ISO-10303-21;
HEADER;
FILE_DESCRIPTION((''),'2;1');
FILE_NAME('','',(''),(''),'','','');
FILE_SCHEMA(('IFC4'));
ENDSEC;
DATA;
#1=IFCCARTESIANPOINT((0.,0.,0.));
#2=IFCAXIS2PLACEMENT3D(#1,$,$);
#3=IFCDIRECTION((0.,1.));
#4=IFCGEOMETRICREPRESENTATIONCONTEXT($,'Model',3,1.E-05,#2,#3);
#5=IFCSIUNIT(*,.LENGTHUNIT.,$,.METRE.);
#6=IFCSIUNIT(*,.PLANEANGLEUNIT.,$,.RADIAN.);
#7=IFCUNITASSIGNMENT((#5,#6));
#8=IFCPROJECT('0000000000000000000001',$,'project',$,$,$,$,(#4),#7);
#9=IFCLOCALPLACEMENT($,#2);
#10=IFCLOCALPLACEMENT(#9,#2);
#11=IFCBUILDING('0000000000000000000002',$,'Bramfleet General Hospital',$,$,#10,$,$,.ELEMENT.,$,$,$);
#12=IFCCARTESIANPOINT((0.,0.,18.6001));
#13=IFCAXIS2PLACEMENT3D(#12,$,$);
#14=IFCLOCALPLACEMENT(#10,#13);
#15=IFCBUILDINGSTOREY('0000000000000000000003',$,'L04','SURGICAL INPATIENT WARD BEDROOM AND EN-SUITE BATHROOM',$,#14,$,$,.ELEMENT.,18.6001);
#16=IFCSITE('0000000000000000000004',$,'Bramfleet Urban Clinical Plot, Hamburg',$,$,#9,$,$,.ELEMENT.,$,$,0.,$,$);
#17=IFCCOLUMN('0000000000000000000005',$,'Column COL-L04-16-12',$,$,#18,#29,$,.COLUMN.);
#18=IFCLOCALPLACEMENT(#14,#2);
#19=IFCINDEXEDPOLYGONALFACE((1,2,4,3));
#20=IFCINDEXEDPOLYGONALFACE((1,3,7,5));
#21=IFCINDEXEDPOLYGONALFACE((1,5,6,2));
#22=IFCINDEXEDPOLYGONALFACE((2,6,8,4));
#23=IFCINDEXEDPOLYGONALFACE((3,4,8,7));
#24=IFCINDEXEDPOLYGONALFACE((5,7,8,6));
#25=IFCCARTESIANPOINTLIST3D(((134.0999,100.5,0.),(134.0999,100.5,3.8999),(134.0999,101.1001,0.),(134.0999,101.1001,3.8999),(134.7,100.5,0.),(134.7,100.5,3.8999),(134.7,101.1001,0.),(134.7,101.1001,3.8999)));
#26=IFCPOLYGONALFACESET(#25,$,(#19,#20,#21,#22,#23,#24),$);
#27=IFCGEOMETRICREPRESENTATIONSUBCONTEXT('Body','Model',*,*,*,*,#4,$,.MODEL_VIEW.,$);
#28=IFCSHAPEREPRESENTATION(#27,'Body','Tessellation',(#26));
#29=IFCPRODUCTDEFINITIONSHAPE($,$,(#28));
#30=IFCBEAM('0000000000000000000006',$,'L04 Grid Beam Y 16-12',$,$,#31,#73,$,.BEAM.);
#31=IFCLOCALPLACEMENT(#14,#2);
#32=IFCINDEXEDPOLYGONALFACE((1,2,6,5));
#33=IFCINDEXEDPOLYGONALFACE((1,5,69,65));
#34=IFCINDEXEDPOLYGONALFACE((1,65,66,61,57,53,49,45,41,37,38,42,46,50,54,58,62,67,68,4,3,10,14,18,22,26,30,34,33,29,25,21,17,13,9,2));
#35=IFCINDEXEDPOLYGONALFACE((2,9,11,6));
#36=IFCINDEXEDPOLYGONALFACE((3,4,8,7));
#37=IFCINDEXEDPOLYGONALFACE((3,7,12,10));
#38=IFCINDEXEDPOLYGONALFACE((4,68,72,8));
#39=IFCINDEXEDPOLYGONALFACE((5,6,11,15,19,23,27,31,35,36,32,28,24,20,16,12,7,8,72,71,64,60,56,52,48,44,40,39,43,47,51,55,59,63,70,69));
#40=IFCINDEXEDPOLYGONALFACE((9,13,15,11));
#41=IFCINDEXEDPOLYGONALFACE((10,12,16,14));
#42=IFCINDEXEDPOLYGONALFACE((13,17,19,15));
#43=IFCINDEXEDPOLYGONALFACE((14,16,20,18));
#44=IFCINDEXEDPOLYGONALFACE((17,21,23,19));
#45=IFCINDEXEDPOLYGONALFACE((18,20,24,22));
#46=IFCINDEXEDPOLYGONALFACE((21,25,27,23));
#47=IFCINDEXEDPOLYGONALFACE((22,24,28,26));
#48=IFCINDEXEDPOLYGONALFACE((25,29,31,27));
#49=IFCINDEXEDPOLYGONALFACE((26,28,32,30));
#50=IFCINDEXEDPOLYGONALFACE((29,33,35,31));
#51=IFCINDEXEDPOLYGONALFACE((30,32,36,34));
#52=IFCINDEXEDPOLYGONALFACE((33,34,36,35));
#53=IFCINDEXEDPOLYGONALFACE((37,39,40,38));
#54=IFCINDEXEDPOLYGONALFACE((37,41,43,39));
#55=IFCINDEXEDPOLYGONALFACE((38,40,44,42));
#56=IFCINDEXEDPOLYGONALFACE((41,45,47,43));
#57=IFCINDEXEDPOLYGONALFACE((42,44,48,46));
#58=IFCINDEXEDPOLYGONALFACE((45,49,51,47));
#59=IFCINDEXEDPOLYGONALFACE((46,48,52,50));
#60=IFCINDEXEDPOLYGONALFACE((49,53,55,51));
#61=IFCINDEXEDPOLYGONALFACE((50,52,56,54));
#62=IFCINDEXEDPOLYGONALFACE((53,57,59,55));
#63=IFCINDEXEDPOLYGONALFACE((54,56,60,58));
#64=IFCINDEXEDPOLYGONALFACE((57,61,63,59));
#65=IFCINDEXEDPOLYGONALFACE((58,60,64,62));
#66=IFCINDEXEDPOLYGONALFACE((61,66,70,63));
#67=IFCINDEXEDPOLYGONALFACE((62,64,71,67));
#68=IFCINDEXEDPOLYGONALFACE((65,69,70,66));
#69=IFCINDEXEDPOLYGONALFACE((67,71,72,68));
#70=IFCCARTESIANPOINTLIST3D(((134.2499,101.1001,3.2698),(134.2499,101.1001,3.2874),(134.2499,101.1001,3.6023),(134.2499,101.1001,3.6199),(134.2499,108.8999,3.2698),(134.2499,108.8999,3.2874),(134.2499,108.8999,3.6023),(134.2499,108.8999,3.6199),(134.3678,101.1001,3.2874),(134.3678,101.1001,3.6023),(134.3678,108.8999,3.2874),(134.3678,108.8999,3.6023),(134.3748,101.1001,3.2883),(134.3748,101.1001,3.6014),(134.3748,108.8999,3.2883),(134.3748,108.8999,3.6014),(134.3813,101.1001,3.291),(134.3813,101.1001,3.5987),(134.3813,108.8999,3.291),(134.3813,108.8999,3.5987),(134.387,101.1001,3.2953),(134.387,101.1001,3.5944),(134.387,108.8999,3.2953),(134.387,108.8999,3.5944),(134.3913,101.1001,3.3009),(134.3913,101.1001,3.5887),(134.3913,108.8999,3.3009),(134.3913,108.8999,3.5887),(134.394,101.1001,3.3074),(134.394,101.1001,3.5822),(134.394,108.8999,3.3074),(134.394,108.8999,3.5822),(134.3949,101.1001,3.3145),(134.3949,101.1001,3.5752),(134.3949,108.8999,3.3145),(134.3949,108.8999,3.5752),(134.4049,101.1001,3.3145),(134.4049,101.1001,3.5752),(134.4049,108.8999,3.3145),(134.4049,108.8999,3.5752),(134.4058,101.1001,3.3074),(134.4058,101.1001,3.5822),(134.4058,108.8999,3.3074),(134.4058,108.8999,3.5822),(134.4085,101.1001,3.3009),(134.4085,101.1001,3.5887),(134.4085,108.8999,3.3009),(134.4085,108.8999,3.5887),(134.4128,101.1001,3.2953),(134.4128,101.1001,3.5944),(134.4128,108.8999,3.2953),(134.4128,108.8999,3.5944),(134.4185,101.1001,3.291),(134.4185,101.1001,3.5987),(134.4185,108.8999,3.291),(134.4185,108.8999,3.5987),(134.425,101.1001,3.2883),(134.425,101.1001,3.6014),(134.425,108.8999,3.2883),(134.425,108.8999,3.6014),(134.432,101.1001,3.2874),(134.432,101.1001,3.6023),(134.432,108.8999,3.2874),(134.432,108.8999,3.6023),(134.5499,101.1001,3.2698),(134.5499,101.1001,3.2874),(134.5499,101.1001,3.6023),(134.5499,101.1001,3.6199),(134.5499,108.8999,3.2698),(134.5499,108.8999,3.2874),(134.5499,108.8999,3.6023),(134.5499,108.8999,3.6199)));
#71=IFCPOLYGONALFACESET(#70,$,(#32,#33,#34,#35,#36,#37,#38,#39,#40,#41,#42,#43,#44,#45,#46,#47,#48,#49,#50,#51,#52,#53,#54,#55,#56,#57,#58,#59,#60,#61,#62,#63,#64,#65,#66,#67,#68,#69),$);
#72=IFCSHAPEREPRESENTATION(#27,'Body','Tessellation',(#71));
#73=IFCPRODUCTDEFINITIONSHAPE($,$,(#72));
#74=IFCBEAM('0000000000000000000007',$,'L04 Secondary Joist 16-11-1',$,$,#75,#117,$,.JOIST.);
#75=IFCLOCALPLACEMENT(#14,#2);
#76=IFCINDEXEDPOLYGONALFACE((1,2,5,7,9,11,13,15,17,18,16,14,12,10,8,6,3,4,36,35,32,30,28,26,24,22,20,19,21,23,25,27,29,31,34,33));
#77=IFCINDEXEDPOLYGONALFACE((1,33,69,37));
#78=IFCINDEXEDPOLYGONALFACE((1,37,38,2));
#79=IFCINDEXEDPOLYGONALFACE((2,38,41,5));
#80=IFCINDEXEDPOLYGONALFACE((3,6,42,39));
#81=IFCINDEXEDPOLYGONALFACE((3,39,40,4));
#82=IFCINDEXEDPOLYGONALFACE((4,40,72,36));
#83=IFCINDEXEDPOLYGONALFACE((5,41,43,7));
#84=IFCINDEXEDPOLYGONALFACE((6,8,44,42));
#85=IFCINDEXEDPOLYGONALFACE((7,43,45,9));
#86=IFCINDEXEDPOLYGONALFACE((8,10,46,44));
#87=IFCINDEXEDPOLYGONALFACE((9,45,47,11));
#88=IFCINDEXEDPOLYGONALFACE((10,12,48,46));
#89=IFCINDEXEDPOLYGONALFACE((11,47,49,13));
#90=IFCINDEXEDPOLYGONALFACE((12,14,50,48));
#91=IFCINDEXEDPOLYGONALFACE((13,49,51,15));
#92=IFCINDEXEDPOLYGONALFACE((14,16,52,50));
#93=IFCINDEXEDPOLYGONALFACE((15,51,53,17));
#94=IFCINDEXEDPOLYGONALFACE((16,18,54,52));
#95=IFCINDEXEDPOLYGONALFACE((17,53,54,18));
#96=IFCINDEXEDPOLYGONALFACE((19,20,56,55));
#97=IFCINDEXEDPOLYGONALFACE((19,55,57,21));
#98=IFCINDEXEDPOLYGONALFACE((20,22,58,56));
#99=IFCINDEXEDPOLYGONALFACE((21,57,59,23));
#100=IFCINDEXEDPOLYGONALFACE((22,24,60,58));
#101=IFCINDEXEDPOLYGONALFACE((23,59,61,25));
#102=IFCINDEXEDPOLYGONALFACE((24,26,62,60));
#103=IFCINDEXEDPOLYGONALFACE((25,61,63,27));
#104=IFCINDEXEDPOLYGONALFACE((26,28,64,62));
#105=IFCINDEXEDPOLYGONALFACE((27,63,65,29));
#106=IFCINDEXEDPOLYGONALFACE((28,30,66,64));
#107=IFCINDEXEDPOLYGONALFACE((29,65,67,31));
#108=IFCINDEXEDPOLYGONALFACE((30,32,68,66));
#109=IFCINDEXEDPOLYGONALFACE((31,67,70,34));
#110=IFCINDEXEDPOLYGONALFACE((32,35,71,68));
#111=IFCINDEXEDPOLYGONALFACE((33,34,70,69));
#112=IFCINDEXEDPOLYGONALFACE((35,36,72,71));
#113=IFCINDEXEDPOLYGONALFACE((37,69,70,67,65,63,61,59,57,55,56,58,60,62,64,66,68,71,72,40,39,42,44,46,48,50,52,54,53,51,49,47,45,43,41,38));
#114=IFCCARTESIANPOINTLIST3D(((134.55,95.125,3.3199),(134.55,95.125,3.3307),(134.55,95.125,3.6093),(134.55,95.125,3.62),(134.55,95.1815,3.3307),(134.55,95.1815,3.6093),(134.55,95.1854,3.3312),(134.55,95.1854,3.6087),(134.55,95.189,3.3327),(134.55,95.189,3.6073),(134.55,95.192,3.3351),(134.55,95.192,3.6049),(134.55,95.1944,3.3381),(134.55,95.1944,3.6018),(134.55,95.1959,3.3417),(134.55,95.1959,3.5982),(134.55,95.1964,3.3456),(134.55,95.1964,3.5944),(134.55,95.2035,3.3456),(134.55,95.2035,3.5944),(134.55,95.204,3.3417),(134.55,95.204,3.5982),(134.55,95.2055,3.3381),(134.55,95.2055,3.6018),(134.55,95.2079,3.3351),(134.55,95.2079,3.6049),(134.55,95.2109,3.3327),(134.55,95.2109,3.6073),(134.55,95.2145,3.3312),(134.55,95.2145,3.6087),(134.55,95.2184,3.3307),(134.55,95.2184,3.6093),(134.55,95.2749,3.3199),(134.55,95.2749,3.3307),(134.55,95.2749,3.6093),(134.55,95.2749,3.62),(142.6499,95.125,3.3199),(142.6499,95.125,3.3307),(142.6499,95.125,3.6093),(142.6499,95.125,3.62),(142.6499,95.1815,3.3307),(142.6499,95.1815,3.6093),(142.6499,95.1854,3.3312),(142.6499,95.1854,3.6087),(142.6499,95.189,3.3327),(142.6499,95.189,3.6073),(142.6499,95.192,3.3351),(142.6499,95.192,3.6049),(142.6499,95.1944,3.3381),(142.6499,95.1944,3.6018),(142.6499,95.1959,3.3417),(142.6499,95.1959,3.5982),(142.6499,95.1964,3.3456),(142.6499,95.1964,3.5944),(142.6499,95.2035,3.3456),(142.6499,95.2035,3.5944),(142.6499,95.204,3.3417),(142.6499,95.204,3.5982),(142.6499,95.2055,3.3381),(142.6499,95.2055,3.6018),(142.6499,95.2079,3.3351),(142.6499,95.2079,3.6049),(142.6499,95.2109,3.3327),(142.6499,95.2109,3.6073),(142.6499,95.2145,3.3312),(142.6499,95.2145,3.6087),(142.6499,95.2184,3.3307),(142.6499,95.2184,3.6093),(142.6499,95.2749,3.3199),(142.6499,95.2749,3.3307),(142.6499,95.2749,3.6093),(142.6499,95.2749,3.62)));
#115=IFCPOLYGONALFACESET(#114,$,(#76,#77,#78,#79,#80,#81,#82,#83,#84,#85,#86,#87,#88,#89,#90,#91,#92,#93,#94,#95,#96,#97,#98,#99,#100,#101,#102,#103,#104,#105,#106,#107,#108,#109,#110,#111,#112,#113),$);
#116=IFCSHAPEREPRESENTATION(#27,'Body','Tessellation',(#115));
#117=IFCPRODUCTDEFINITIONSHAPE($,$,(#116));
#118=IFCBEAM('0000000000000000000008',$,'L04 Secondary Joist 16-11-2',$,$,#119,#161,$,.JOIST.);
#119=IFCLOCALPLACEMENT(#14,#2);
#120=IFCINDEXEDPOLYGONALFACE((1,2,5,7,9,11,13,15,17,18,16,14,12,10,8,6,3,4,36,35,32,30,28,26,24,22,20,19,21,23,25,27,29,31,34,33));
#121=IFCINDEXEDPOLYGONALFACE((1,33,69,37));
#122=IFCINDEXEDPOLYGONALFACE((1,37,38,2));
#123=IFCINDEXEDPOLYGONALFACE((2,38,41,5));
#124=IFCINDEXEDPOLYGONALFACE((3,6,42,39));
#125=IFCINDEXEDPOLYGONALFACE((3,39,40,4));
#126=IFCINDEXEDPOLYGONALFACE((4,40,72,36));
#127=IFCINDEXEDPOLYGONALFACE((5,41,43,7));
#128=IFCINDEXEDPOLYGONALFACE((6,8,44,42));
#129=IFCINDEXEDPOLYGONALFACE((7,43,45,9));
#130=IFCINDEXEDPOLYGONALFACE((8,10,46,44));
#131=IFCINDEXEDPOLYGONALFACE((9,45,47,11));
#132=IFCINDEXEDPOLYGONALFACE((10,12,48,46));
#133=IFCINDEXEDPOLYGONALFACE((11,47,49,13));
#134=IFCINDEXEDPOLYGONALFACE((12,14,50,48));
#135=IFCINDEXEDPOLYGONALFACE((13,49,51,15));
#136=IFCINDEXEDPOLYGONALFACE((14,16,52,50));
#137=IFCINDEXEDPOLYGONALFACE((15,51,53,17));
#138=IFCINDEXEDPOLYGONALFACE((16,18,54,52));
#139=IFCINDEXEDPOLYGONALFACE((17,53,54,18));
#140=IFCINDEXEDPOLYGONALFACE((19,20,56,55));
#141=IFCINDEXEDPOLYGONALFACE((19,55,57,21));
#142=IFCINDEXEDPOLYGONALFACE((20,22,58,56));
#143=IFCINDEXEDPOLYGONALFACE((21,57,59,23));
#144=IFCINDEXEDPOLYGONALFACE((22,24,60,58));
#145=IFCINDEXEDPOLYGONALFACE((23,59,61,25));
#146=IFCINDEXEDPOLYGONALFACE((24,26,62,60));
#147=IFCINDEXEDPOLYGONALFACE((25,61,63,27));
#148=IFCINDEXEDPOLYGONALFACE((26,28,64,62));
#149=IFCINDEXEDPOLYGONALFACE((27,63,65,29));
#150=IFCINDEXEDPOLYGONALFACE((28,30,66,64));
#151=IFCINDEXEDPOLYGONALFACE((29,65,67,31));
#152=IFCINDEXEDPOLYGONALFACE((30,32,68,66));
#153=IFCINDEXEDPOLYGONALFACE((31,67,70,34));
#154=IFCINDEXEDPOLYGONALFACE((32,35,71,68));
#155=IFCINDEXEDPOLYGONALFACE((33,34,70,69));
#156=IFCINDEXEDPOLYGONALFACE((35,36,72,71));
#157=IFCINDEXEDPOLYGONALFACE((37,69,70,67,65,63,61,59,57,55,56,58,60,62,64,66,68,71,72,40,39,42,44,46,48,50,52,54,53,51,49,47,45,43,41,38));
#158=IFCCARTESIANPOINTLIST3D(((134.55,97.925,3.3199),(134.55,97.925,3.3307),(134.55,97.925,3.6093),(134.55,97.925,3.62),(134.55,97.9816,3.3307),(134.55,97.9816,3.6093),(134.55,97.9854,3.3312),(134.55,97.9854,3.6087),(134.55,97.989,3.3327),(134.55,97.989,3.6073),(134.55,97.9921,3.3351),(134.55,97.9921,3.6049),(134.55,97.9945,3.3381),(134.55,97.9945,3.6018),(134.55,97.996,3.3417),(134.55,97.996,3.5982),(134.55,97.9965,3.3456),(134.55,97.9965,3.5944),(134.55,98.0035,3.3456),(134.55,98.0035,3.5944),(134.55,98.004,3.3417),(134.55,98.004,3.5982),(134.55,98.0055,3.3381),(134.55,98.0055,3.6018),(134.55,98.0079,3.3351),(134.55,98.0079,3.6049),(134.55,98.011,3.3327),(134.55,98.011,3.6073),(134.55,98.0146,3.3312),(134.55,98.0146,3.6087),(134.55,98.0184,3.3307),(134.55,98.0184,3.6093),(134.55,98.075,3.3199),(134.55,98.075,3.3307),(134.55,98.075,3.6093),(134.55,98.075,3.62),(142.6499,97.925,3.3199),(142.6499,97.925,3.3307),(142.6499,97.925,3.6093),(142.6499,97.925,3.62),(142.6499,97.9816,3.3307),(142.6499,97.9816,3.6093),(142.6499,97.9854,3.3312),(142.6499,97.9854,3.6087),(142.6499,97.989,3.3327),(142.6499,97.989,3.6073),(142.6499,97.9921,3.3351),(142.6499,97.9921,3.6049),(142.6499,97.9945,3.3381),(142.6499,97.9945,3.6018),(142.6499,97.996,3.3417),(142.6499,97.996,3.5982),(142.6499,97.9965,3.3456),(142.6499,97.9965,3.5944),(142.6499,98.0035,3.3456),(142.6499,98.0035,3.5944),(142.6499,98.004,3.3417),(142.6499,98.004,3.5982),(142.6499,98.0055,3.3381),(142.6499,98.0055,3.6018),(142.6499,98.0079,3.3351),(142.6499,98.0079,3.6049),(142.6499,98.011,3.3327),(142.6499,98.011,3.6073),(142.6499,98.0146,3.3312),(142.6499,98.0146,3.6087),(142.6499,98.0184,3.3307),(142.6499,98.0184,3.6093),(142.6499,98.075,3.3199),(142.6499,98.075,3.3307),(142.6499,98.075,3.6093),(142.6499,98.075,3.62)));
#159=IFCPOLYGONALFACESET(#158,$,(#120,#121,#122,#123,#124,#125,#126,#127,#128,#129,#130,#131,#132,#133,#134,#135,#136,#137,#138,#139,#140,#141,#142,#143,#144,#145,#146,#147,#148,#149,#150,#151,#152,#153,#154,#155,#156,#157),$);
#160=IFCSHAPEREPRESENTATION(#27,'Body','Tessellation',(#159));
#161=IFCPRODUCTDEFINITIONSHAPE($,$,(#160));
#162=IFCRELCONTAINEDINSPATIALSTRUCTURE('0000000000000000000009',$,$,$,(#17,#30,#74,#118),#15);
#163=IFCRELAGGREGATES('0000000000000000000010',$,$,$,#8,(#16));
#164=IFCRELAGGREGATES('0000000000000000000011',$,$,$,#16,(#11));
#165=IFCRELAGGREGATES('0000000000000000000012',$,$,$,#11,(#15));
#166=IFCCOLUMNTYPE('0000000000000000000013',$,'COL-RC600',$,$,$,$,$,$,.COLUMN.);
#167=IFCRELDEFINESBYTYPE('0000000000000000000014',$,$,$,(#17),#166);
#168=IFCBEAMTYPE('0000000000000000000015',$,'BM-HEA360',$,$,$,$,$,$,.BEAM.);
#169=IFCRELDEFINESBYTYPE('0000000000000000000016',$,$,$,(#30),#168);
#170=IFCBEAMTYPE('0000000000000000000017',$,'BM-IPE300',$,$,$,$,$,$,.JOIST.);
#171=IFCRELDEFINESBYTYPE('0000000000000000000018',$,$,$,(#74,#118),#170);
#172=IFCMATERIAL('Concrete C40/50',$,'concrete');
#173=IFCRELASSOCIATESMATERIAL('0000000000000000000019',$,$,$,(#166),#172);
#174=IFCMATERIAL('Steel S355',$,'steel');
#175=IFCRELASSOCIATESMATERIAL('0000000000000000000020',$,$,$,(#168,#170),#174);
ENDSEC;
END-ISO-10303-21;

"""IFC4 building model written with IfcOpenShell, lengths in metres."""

from ifc_helpers import new_model, si_unit, direction, frame, origin, origin_2d, place, context, subcontext, project, spatial, rectangle, i_section, extrude, material, material_profile, profile_set, type_object, element, save


model = new_model("IFC4")

# Units and contexts
model_context = context("Model", 3, precision=1e-05, world=origin(), true_north=direction((0.0, 1.0)))
body_context = subcontext(model_context, "Body", "Model", "MODEL_VIEW")
ifc_project = project(units=[si_unit("LENGTHUNIT", "METRE"), si_unit("PLANEANGLEUNIT", "RADIAN")], contexts=[model_context])

# Site, building, storey
site_placement = place(None, origin())
site = spatial("IfcSite", under=ifc_project, at=site_placement, Name="Bramfleet Urban Clinical Plot, Hamburg", CompositionType="ELEMENT", RefElevation=0.0)
building_placement = place(site_placement, origin())
building = spatial("IfcBuilding", under=site, at=building_placement, Name="Bramfleet General Hospital", CompositionType="ELEMENT")
storey_placement = place(building_placement, frame((0.0, 0.0, 18.6001)))
storey = spatial("IfcBuildingStorey", under=building, at=storey_placement, Name="L04", Description="SURGICAL INPATIENT WARD BEDROOM AND EN-SUITE BATHROOM", CompositionType="ELEMENT", Elevation=18.6001)

# Column
ifc_material_1 = material(Name="Concrete C40/50", Category="concrete")
ifc_material_profile_1 = material_profile(ifc_material_1, rectangle(XDim=0.6001, YDim=0.6001, at=origin_2d()), Name="RC COL 600x600")
ifc_profile_set_1 = profile_set([ifc_material_profile_1], Name="Concrete C40/50")
column_type = type_object("IfcColumnType", Name="COL-RC600", PredefinedType="COLUMN", material=ifc_profile_set_1)
column_placement = place(storey_placement, frame((134.3999, 100.8, 0.0), z_axis=(0.0, 0.0, 1.0), x_axis=(1.0, 0.0, 0.0)))
element("IfcColumn", 1, at=column_placement, inside=storey, type_object=column_type, Name="Column COL-L04-16-12", PredefinedType="COLUMN", context=body_context, shape_type="SweptSolid", body=[
    extrude(rectangle(XDim=0.6001, YDim=0.6001, at=origin_2d()), origin(), (0.0, 0.0, 1.0), 3.8999),
])

# Beams
ifc_material_2 = material(Name="Steel S355", Category="steel")
ifc_material_profile_2 = material_profile(ifc_material_2, i_section(OverallWidth=0.3, OverallDepth=0.3501, WebThickness=0.01, FlangeThickness=0.0176, FilletRadius=0.0271, at=origin_2d()), Name="HEA 360")
ifc_profile_set_2 = profile_set([ifc_material_profile_2], Name="Steel S355")
beam_type_1 = type_object("IfcBeamType", Name="BM-HEA360", PredefinedType="BEAM", material=ifc_profile_set_2)
beam_1_placement = place(storey_placement, frame((134.3999, 101.1001, 3.4448), z_axis=(0.0, 1.0, 0.0), x_axis=(-1.0, 0.0, 0.0)))
element("IfcBeam", 2, at=beam_1_placement, inside=storey, type_object=beam_type_1, Name="L04 Grid Beam Y 16-12", PredefinedType="BEAM", context=body_context, shape_type="SweptSolid", body=[
    extrude(i_section(OverallWidth=0.3, OverallDepth=0.3501, WebThickness=0.01, FlangeThickness=0.0176, FilletRadius=0.0271, at=origin_2d()), origin(), (0.0, 0.0, 1.0), 7.7998),
])
ifc_material_profile_3 = material_profile(ifc_material_2, i_section(OverallWidth=0.1499, OverallDepth=0.3, WebThickness=0.0071, FlangeThickness=0.0107, FilletRadius=0.0149, at=origin_2d()), Name="IPE 300")
ifc_profile_set_3 = profile_set([ifc_material_profile_3], Name="Steel S355")
beam_type_2 = type_object("IfcBeamType", Name="BM-IPE300", PredefinedType="JOIST", material=ifc_profile_set_3)
for number, where, z_axis, x_axis, name in (
    (3, (134.55, 95.2, 3.47), (1.0, 0.0, 0.0), (0.0, 1.0, 0.0), "L04 Secondary Joist 16-11-1"),
    (4, (134.55, 98.0, 3.47), (1.0, 0.0, 0.0), (0.0, 1.0, 0.0), "L04 Secondary Joist 16-11-2"),
):
    element("IfcBeam", number, at=place(storey_placement, frame(where, z_axis=z_axis, x_axis=x_axis)), inside=storey, type_object=beam_type_2, Name=name, PredefinedType="JOIST", context=body_context, shape_type="SweptSolid", body=[
        extrude(i_section(OverallWidth=0.1499, OverallDepth=0.3, WebThickness=0.0071, FlangeThickness=0.0107, FilletRadius=0.0149, at=origin_2d()), origin(), (0.0, 0.0, 1.0), 8.0999),
    ])

save(model, "model.ifc")
